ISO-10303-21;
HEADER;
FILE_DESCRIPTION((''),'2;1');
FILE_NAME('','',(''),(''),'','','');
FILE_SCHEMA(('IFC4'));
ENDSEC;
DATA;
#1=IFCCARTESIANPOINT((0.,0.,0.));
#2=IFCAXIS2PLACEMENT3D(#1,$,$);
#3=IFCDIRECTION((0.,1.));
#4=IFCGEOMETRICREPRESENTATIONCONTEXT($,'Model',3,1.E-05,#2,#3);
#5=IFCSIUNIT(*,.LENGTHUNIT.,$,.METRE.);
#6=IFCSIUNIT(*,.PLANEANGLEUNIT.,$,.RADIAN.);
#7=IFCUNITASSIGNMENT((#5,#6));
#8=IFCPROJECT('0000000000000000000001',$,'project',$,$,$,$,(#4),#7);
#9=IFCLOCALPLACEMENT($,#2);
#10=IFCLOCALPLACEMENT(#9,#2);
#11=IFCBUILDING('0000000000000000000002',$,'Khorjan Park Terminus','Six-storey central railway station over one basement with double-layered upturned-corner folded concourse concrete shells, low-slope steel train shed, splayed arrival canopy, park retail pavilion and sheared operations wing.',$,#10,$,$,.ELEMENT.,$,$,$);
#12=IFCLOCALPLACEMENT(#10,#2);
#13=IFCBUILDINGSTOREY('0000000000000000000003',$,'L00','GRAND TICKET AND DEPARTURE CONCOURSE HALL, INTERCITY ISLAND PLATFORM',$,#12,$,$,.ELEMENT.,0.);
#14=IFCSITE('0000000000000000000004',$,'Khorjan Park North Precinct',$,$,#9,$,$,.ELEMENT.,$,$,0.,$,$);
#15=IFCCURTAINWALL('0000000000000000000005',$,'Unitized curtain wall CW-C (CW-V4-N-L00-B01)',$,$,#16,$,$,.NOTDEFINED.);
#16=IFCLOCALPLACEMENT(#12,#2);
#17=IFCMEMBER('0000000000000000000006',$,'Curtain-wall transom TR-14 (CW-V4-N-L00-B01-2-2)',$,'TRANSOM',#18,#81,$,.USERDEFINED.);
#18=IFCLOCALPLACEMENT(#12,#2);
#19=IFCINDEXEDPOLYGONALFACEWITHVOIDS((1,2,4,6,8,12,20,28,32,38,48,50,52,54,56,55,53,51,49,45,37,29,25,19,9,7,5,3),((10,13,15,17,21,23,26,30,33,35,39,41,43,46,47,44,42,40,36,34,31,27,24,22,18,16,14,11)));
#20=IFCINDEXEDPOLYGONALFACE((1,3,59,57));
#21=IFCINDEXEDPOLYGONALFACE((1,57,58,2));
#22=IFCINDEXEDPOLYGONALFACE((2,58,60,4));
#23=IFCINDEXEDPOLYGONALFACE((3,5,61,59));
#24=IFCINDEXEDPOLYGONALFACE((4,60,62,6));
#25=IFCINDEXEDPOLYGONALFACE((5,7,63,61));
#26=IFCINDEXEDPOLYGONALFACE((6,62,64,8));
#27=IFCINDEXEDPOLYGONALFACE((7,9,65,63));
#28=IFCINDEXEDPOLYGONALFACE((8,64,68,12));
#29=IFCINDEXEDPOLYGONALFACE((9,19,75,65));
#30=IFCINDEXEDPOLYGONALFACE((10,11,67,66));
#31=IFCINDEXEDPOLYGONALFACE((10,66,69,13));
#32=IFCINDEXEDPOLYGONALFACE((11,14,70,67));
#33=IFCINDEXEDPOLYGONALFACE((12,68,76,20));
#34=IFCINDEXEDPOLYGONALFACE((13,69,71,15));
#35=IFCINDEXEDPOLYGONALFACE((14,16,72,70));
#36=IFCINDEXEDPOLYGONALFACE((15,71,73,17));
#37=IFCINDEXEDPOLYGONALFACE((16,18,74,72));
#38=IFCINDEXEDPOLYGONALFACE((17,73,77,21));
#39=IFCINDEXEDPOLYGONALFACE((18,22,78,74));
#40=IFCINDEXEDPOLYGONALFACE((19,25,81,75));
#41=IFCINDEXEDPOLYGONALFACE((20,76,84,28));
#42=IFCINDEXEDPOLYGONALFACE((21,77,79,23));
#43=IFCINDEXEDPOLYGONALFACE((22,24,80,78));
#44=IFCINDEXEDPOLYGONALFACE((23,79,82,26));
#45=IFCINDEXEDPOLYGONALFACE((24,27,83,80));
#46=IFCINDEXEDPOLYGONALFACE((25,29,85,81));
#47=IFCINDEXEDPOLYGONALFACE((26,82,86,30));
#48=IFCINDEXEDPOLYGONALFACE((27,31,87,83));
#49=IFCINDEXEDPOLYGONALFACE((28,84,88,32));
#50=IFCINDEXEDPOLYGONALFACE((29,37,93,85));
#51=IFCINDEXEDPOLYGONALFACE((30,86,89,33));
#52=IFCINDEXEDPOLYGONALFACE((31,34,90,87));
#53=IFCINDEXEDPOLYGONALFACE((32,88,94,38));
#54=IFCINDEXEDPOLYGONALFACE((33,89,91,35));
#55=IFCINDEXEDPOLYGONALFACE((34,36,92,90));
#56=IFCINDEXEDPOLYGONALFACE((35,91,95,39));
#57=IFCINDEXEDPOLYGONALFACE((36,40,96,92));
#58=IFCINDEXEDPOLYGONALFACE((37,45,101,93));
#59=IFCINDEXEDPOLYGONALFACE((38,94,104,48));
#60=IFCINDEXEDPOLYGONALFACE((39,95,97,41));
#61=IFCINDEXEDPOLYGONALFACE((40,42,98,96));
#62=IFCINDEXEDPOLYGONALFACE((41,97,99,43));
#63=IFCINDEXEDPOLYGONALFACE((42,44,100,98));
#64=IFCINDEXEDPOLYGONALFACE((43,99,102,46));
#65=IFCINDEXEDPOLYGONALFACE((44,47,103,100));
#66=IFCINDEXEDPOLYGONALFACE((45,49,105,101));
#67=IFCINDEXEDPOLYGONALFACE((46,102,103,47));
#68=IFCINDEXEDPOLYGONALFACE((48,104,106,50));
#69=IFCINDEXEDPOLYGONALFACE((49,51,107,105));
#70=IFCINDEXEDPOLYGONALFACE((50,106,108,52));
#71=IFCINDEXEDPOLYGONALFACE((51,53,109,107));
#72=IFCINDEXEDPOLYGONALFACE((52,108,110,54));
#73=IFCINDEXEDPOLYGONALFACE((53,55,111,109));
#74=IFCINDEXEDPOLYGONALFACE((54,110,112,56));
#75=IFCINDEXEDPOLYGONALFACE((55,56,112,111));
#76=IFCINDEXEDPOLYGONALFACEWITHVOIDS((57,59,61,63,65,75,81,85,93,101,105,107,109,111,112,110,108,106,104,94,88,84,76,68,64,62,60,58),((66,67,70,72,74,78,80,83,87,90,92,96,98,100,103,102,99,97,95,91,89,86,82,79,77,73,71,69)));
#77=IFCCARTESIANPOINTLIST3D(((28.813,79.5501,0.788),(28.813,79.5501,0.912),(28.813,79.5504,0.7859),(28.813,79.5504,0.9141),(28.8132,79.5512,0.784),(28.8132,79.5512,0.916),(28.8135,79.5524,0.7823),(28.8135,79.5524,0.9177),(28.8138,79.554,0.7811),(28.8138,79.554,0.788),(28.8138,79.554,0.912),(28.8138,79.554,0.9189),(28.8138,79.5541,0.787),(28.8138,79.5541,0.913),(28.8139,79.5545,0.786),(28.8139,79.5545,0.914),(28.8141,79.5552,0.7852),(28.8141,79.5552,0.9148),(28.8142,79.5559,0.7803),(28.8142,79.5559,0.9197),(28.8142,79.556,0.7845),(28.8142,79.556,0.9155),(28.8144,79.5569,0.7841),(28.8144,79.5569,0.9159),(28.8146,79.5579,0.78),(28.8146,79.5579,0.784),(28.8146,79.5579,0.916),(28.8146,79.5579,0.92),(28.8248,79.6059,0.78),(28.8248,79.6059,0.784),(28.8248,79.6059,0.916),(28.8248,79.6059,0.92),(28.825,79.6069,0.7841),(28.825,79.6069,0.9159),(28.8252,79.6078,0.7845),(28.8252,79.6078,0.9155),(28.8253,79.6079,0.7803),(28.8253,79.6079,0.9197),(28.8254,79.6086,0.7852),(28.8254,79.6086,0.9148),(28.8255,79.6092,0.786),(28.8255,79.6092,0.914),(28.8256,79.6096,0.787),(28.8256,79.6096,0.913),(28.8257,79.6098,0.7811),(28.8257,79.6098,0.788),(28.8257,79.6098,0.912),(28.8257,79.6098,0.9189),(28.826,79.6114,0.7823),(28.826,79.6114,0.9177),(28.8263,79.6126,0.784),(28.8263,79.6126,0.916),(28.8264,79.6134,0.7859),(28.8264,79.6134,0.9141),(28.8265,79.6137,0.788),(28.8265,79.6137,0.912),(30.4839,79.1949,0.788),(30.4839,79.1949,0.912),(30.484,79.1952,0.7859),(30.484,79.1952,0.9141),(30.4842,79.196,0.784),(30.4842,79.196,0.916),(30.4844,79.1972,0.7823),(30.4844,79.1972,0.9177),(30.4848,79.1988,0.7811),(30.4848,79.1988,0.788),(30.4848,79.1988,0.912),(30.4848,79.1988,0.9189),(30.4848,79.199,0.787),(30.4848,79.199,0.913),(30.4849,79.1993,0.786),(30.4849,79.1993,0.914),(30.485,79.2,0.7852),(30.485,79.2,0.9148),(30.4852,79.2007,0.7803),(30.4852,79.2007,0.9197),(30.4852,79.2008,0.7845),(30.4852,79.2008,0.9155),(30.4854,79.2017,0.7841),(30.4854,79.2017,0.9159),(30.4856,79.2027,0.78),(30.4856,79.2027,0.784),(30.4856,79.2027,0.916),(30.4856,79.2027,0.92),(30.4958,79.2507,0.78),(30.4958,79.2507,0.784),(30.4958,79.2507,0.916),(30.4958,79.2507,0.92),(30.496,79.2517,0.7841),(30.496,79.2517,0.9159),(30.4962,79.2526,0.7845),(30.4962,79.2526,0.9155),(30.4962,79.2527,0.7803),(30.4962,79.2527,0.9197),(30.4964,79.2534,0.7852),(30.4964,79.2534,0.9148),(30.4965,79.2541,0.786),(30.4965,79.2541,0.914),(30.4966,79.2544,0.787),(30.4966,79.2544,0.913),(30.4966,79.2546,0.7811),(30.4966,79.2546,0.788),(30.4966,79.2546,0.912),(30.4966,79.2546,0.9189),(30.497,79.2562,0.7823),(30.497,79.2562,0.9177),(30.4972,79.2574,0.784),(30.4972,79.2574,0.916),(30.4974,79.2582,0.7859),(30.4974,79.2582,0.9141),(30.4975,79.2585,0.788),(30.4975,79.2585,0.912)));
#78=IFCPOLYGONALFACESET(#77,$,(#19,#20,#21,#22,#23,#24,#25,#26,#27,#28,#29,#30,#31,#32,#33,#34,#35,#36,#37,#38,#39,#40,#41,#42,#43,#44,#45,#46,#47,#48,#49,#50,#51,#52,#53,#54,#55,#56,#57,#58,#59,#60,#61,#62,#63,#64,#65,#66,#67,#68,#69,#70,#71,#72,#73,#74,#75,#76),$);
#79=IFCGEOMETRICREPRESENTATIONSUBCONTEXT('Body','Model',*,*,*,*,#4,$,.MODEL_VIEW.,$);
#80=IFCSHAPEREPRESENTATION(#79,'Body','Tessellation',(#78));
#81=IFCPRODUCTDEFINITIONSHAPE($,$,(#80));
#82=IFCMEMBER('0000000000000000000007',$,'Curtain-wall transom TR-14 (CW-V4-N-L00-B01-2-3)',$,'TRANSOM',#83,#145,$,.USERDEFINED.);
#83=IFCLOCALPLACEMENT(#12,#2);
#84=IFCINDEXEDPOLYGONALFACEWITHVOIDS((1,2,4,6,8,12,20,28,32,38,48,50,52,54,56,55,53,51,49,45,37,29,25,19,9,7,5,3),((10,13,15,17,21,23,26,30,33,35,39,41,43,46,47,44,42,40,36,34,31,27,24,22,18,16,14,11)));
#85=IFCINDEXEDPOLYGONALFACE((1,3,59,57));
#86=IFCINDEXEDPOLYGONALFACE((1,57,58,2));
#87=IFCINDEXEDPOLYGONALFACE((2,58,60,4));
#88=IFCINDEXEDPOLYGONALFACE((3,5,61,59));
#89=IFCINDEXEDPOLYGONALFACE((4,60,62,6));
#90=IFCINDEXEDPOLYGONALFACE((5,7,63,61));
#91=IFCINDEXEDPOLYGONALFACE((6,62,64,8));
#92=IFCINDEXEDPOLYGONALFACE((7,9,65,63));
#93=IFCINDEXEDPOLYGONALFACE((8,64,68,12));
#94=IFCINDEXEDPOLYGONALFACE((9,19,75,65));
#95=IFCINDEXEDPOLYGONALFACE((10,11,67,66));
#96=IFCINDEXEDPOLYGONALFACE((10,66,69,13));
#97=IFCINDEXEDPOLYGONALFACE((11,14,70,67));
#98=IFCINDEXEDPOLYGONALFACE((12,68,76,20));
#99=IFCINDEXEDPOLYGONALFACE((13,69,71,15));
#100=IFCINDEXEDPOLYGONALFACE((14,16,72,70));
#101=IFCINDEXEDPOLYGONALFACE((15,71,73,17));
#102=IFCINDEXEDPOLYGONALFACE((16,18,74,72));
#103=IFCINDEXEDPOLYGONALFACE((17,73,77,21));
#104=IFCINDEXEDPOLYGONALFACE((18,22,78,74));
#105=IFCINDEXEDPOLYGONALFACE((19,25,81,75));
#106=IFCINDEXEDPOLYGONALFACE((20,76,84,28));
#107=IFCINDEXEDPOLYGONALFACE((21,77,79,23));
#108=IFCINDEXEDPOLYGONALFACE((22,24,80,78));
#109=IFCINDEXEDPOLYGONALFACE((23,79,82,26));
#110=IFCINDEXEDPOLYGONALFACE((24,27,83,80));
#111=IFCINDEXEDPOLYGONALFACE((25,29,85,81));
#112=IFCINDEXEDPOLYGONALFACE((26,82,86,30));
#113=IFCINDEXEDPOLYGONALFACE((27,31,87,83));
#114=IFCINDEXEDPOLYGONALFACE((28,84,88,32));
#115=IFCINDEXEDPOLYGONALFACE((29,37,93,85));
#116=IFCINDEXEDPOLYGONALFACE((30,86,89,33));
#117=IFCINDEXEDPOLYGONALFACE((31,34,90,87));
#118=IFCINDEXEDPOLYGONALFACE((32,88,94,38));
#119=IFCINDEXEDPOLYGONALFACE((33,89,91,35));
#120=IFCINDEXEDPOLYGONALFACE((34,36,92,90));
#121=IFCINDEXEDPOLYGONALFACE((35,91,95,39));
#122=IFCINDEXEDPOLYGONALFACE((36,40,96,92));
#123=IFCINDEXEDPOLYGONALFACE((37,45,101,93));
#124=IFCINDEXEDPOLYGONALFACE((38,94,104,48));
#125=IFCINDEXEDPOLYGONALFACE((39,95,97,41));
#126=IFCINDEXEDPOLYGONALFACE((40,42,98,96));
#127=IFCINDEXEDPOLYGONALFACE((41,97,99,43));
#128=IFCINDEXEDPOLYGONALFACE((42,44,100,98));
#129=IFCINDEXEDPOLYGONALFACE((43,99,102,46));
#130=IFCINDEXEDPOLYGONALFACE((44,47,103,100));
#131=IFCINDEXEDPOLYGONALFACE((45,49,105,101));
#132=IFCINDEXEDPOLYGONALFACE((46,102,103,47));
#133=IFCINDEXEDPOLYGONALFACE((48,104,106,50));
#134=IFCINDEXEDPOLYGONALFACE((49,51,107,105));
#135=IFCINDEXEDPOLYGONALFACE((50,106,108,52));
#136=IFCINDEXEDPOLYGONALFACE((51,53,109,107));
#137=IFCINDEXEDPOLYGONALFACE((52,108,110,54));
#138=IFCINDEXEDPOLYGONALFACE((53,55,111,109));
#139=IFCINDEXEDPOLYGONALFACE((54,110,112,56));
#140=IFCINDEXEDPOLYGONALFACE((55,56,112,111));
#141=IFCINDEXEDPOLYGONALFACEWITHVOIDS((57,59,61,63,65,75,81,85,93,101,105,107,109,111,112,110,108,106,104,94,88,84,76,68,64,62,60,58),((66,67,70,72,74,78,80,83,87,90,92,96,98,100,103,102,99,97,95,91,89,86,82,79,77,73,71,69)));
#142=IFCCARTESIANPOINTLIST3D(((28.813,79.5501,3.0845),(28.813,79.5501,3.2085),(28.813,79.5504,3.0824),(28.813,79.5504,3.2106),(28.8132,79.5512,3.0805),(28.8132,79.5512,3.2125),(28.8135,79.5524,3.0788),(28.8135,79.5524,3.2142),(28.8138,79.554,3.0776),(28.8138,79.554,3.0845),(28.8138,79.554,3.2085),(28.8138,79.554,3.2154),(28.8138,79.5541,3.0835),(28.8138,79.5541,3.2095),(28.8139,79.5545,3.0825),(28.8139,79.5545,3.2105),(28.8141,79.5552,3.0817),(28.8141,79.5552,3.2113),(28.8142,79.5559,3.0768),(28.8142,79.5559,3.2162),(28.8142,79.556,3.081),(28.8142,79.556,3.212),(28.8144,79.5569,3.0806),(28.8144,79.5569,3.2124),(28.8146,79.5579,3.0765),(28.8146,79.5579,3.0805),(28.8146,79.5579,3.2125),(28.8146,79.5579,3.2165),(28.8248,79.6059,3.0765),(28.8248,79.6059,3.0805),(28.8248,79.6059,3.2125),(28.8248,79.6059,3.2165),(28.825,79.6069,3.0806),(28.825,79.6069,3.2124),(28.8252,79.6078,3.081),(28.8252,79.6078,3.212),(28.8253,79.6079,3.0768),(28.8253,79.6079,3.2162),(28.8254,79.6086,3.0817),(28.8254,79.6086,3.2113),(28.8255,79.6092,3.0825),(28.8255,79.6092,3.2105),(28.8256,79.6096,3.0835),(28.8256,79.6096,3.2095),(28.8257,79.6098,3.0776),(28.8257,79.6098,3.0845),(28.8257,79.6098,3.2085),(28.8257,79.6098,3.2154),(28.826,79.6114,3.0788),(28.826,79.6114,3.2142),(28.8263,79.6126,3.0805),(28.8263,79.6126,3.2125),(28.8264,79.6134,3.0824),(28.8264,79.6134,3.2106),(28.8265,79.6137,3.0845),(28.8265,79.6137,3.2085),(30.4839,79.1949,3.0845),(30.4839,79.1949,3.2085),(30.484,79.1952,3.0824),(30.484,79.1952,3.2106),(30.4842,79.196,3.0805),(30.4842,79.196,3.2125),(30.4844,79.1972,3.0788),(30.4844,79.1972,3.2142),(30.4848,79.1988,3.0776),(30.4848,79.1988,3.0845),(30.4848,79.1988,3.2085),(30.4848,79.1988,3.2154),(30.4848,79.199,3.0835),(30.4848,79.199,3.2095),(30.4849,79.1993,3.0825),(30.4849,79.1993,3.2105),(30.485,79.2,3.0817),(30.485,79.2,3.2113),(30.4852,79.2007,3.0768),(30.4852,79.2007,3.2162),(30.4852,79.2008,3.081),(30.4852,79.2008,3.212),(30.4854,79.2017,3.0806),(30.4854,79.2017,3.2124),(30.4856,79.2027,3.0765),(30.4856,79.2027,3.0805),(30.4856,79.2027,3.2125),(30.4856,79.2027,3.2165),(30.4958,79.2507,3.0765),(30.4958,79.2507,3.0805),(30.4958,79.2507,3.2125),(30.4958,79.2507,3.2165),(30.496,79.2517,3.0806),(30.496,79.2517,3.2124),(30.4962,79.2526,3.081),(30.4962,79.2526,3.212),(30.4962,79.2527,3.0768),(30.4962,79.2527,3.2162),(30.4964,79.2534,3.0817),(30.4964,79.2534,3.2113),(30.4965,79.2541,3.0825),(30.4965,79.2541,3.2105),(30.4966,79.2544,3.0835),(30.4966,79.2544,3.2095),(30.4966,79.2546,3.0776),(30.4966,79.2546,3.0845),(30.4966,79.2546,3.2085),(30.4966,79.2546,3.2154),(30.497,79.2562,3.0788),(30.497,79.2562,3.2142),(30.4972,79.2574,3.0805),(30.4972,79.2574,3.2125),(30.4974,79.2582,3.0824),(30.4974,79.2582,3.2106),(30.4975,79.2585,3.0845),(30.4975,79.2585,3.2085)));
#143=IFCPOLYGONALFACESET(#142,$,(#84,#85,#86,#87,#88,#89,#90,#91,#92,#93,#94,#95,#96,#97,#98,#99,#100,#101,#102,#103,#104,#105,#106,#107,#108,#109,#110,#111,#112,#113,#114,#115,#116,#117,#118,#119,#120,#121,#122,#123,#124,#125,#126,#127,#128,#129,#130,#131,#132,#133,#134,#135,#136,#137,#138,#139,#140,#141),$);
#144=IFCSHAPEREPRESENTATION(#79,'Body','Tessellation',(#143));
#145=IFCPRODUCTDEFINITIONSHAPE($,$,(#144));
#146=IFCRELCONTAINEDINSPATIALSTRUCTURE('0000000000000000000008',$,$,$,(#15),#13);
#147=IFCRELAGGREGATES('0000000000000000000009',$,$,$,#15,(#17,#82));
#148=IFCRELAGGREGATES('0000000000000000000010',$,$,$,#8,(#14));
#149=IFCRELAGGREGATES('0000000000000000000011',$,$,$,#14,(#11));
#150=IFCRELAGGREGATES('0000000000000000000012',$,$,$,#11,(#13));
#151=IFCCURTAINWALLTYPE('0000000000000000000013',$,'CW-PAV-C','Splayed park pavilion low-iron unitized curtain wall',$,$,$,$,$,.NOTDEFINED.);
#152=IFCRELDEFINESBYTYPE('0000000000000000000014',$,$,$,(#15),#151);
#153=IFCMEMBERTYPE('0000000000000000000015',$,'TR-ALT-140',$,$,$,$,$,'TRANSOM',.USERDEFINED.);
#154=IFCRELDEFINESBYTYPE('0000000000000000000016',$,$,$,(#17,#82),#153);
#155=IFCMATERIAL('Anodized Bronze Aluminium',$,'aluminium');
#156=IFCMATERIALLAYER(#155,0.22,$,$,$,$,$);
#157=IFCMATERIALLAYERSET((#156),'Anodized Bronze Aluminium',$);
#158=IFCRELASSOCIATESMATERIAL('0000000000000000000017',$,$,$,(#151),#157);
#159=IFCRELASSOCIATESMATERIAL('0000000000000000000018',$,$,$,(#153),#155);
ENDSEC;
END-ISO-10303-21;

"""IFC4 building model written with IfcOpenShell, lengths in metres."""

from ifc_helpers import new_model, si_unit, direction, frame, origin, origin_2d, place, context, subcontext, project, spatial, hollow_rectangle, extrude, material, layer, layer_set, material_profile, profile_set, type_object, element, aggregate, save


model = new_model("IFC4")

# Units and contexts
model_context = context("Model", 3, precision=1e-05, world=origin(), true_north=direction((0.0, 1.0)))
body_context = subcontext(model_context, "Body", "Model", "MODEL_VIEW")
ifc_project = project(units=[si_unit("LENGTHUNIT", "METRE"), si_unit("PLANEANGLEUNIT", "RADIAN")], contexts=[model_context])

# Site, building, storey
site_placement = place(None, origin())
site = spatial("IfcSite", under=ifc_project, at=site_placement, Name="Khorjan Park North Precinct", CompositionType="ELEMENT", RefElevation=0.0)
building_placement = place(site_placement, origin())
building = spatial("IfcBuilding", under=site, at=building_placement, Name="Khorjan Park Terminus", Description="Six-storey central railway station over one basement with double-layered upturned-corner folded concourse concrete shells, low-slope steel train shed, splayed arrival canopy, park retail pavilion and sheared operations wing.", CompositionType="ELEMENT")
storey_placement = place(building_placement, origin())
storey = spatial("IfcBuildingStorey", under=building, at=storey_placement, Name="L00", Description="GRAND TICKET AND DEPARTURE CONCOURSE HALL, INTERCITY ISLAND PLATFORM", CompositionType="ELEMENT", Elevation=0.0)

# Curtain wall, members
ifc_material_1 = material(Name="Anodized Bronze Aluminium", Category="aluminium")
ifc_layer_1 = layer(ifc_material_1, 0.22)
ifc_layer_set_1 = layer_set([ifc_layer_1], Name="Anodized Bronze Aluminium")
curtain_wall_type = type_object("IfcCurtainWallType", Name="CW-PAV-C", Description="Splayed park pavilion low-iron unitized curtain wall", PredefinedType="NOTDEFINED", material=ifc_layer_set_1)
curtain_wall_placement = place(storey_placement, origin())
curtain_wall = element("IfcCurtainWall", 1, at=curtain_wall_placement, inside=storey, type_object=curtain_wall_type, Name="Unitized curtain wall CW-C (CW-V4-N-L00-B01)", PredefinedType="NOTDEFINED")
ifc_material_profile_1 = material_profile(ifc_material_1, hollow_rectangle(XDim=0.065, YDim=0.14, WallThickness=0.004, InnerFilletRadius=0.004, OuterFilletRadius=0.008, at=origin_2d()), Name="ALT 65x140x4")
ifc_profile_set_1 = profile_set([ifc_material_profile_1], Name="Anodized Bronze Aluminium")
member_type_1 = type_object("IfcMemberType", Name="TR-ALT-140", ElementType="TRANSOM", PredefinedType="USERDEFINED", material=ifc_profile_set_1)
member_1_placement = place(storey_placement, frame((30.4907, 79.2267, 0.85), z_axis=(-0.978145, 0.207922, 0.0), x_axis=(-0.207922, -0.978145, 0.0)))
member_1 = element("IfcMember", 2, at=member_1_placement, type_object=member_type_1, Name="Curtain-wall transom TR-14 (CW-V4-N-L00-B01-2-2)", ObjectType="TRANSOM", PredefinedType="USERDEFINED", context=body_context, shape_type="SweptSolid", body=[
    extrude(hollow_rectangle(XDim=0.065, YDim=0.14, WallThickness=0.004, InnerFilletRadius=0.004, OuterFilletRadius=0.008, at=origin_2d()), origin(), (0.0, 0.0, 1.0), 1.7083),
])
member_2_placement = place(storey_placement, frame((30.4907, 79.2267, 3.1465), z_axis=(-0.978145, 0.207922, 0.0), x_axis=(-0.207922, -0.978145, 0.0)))
member_2 = element("IfcMember", 3, at=member_2_placement, type_object=member_type_1, Name="Curtain-wall transom TR-14 (CW-V4-N-L00-B01-2-3)", ObjectType="TRANSOM", PredefinedType="USERDEFINED", context=body_context, shape_type="SweptSolid", body=[
    extrude(hollow_rectangle(XDim=0.065, YDim=0.14, WallThickness=0.004, InnerFilletRadius=0.004, OuterFilletRadius=0.008, at=origin_2d()), origin(), (0.0, 0.0, 1.0), 1.7083),
])
aggregate(curtain_wall, [member_1, member_2])

save(model, "model.ifc")
